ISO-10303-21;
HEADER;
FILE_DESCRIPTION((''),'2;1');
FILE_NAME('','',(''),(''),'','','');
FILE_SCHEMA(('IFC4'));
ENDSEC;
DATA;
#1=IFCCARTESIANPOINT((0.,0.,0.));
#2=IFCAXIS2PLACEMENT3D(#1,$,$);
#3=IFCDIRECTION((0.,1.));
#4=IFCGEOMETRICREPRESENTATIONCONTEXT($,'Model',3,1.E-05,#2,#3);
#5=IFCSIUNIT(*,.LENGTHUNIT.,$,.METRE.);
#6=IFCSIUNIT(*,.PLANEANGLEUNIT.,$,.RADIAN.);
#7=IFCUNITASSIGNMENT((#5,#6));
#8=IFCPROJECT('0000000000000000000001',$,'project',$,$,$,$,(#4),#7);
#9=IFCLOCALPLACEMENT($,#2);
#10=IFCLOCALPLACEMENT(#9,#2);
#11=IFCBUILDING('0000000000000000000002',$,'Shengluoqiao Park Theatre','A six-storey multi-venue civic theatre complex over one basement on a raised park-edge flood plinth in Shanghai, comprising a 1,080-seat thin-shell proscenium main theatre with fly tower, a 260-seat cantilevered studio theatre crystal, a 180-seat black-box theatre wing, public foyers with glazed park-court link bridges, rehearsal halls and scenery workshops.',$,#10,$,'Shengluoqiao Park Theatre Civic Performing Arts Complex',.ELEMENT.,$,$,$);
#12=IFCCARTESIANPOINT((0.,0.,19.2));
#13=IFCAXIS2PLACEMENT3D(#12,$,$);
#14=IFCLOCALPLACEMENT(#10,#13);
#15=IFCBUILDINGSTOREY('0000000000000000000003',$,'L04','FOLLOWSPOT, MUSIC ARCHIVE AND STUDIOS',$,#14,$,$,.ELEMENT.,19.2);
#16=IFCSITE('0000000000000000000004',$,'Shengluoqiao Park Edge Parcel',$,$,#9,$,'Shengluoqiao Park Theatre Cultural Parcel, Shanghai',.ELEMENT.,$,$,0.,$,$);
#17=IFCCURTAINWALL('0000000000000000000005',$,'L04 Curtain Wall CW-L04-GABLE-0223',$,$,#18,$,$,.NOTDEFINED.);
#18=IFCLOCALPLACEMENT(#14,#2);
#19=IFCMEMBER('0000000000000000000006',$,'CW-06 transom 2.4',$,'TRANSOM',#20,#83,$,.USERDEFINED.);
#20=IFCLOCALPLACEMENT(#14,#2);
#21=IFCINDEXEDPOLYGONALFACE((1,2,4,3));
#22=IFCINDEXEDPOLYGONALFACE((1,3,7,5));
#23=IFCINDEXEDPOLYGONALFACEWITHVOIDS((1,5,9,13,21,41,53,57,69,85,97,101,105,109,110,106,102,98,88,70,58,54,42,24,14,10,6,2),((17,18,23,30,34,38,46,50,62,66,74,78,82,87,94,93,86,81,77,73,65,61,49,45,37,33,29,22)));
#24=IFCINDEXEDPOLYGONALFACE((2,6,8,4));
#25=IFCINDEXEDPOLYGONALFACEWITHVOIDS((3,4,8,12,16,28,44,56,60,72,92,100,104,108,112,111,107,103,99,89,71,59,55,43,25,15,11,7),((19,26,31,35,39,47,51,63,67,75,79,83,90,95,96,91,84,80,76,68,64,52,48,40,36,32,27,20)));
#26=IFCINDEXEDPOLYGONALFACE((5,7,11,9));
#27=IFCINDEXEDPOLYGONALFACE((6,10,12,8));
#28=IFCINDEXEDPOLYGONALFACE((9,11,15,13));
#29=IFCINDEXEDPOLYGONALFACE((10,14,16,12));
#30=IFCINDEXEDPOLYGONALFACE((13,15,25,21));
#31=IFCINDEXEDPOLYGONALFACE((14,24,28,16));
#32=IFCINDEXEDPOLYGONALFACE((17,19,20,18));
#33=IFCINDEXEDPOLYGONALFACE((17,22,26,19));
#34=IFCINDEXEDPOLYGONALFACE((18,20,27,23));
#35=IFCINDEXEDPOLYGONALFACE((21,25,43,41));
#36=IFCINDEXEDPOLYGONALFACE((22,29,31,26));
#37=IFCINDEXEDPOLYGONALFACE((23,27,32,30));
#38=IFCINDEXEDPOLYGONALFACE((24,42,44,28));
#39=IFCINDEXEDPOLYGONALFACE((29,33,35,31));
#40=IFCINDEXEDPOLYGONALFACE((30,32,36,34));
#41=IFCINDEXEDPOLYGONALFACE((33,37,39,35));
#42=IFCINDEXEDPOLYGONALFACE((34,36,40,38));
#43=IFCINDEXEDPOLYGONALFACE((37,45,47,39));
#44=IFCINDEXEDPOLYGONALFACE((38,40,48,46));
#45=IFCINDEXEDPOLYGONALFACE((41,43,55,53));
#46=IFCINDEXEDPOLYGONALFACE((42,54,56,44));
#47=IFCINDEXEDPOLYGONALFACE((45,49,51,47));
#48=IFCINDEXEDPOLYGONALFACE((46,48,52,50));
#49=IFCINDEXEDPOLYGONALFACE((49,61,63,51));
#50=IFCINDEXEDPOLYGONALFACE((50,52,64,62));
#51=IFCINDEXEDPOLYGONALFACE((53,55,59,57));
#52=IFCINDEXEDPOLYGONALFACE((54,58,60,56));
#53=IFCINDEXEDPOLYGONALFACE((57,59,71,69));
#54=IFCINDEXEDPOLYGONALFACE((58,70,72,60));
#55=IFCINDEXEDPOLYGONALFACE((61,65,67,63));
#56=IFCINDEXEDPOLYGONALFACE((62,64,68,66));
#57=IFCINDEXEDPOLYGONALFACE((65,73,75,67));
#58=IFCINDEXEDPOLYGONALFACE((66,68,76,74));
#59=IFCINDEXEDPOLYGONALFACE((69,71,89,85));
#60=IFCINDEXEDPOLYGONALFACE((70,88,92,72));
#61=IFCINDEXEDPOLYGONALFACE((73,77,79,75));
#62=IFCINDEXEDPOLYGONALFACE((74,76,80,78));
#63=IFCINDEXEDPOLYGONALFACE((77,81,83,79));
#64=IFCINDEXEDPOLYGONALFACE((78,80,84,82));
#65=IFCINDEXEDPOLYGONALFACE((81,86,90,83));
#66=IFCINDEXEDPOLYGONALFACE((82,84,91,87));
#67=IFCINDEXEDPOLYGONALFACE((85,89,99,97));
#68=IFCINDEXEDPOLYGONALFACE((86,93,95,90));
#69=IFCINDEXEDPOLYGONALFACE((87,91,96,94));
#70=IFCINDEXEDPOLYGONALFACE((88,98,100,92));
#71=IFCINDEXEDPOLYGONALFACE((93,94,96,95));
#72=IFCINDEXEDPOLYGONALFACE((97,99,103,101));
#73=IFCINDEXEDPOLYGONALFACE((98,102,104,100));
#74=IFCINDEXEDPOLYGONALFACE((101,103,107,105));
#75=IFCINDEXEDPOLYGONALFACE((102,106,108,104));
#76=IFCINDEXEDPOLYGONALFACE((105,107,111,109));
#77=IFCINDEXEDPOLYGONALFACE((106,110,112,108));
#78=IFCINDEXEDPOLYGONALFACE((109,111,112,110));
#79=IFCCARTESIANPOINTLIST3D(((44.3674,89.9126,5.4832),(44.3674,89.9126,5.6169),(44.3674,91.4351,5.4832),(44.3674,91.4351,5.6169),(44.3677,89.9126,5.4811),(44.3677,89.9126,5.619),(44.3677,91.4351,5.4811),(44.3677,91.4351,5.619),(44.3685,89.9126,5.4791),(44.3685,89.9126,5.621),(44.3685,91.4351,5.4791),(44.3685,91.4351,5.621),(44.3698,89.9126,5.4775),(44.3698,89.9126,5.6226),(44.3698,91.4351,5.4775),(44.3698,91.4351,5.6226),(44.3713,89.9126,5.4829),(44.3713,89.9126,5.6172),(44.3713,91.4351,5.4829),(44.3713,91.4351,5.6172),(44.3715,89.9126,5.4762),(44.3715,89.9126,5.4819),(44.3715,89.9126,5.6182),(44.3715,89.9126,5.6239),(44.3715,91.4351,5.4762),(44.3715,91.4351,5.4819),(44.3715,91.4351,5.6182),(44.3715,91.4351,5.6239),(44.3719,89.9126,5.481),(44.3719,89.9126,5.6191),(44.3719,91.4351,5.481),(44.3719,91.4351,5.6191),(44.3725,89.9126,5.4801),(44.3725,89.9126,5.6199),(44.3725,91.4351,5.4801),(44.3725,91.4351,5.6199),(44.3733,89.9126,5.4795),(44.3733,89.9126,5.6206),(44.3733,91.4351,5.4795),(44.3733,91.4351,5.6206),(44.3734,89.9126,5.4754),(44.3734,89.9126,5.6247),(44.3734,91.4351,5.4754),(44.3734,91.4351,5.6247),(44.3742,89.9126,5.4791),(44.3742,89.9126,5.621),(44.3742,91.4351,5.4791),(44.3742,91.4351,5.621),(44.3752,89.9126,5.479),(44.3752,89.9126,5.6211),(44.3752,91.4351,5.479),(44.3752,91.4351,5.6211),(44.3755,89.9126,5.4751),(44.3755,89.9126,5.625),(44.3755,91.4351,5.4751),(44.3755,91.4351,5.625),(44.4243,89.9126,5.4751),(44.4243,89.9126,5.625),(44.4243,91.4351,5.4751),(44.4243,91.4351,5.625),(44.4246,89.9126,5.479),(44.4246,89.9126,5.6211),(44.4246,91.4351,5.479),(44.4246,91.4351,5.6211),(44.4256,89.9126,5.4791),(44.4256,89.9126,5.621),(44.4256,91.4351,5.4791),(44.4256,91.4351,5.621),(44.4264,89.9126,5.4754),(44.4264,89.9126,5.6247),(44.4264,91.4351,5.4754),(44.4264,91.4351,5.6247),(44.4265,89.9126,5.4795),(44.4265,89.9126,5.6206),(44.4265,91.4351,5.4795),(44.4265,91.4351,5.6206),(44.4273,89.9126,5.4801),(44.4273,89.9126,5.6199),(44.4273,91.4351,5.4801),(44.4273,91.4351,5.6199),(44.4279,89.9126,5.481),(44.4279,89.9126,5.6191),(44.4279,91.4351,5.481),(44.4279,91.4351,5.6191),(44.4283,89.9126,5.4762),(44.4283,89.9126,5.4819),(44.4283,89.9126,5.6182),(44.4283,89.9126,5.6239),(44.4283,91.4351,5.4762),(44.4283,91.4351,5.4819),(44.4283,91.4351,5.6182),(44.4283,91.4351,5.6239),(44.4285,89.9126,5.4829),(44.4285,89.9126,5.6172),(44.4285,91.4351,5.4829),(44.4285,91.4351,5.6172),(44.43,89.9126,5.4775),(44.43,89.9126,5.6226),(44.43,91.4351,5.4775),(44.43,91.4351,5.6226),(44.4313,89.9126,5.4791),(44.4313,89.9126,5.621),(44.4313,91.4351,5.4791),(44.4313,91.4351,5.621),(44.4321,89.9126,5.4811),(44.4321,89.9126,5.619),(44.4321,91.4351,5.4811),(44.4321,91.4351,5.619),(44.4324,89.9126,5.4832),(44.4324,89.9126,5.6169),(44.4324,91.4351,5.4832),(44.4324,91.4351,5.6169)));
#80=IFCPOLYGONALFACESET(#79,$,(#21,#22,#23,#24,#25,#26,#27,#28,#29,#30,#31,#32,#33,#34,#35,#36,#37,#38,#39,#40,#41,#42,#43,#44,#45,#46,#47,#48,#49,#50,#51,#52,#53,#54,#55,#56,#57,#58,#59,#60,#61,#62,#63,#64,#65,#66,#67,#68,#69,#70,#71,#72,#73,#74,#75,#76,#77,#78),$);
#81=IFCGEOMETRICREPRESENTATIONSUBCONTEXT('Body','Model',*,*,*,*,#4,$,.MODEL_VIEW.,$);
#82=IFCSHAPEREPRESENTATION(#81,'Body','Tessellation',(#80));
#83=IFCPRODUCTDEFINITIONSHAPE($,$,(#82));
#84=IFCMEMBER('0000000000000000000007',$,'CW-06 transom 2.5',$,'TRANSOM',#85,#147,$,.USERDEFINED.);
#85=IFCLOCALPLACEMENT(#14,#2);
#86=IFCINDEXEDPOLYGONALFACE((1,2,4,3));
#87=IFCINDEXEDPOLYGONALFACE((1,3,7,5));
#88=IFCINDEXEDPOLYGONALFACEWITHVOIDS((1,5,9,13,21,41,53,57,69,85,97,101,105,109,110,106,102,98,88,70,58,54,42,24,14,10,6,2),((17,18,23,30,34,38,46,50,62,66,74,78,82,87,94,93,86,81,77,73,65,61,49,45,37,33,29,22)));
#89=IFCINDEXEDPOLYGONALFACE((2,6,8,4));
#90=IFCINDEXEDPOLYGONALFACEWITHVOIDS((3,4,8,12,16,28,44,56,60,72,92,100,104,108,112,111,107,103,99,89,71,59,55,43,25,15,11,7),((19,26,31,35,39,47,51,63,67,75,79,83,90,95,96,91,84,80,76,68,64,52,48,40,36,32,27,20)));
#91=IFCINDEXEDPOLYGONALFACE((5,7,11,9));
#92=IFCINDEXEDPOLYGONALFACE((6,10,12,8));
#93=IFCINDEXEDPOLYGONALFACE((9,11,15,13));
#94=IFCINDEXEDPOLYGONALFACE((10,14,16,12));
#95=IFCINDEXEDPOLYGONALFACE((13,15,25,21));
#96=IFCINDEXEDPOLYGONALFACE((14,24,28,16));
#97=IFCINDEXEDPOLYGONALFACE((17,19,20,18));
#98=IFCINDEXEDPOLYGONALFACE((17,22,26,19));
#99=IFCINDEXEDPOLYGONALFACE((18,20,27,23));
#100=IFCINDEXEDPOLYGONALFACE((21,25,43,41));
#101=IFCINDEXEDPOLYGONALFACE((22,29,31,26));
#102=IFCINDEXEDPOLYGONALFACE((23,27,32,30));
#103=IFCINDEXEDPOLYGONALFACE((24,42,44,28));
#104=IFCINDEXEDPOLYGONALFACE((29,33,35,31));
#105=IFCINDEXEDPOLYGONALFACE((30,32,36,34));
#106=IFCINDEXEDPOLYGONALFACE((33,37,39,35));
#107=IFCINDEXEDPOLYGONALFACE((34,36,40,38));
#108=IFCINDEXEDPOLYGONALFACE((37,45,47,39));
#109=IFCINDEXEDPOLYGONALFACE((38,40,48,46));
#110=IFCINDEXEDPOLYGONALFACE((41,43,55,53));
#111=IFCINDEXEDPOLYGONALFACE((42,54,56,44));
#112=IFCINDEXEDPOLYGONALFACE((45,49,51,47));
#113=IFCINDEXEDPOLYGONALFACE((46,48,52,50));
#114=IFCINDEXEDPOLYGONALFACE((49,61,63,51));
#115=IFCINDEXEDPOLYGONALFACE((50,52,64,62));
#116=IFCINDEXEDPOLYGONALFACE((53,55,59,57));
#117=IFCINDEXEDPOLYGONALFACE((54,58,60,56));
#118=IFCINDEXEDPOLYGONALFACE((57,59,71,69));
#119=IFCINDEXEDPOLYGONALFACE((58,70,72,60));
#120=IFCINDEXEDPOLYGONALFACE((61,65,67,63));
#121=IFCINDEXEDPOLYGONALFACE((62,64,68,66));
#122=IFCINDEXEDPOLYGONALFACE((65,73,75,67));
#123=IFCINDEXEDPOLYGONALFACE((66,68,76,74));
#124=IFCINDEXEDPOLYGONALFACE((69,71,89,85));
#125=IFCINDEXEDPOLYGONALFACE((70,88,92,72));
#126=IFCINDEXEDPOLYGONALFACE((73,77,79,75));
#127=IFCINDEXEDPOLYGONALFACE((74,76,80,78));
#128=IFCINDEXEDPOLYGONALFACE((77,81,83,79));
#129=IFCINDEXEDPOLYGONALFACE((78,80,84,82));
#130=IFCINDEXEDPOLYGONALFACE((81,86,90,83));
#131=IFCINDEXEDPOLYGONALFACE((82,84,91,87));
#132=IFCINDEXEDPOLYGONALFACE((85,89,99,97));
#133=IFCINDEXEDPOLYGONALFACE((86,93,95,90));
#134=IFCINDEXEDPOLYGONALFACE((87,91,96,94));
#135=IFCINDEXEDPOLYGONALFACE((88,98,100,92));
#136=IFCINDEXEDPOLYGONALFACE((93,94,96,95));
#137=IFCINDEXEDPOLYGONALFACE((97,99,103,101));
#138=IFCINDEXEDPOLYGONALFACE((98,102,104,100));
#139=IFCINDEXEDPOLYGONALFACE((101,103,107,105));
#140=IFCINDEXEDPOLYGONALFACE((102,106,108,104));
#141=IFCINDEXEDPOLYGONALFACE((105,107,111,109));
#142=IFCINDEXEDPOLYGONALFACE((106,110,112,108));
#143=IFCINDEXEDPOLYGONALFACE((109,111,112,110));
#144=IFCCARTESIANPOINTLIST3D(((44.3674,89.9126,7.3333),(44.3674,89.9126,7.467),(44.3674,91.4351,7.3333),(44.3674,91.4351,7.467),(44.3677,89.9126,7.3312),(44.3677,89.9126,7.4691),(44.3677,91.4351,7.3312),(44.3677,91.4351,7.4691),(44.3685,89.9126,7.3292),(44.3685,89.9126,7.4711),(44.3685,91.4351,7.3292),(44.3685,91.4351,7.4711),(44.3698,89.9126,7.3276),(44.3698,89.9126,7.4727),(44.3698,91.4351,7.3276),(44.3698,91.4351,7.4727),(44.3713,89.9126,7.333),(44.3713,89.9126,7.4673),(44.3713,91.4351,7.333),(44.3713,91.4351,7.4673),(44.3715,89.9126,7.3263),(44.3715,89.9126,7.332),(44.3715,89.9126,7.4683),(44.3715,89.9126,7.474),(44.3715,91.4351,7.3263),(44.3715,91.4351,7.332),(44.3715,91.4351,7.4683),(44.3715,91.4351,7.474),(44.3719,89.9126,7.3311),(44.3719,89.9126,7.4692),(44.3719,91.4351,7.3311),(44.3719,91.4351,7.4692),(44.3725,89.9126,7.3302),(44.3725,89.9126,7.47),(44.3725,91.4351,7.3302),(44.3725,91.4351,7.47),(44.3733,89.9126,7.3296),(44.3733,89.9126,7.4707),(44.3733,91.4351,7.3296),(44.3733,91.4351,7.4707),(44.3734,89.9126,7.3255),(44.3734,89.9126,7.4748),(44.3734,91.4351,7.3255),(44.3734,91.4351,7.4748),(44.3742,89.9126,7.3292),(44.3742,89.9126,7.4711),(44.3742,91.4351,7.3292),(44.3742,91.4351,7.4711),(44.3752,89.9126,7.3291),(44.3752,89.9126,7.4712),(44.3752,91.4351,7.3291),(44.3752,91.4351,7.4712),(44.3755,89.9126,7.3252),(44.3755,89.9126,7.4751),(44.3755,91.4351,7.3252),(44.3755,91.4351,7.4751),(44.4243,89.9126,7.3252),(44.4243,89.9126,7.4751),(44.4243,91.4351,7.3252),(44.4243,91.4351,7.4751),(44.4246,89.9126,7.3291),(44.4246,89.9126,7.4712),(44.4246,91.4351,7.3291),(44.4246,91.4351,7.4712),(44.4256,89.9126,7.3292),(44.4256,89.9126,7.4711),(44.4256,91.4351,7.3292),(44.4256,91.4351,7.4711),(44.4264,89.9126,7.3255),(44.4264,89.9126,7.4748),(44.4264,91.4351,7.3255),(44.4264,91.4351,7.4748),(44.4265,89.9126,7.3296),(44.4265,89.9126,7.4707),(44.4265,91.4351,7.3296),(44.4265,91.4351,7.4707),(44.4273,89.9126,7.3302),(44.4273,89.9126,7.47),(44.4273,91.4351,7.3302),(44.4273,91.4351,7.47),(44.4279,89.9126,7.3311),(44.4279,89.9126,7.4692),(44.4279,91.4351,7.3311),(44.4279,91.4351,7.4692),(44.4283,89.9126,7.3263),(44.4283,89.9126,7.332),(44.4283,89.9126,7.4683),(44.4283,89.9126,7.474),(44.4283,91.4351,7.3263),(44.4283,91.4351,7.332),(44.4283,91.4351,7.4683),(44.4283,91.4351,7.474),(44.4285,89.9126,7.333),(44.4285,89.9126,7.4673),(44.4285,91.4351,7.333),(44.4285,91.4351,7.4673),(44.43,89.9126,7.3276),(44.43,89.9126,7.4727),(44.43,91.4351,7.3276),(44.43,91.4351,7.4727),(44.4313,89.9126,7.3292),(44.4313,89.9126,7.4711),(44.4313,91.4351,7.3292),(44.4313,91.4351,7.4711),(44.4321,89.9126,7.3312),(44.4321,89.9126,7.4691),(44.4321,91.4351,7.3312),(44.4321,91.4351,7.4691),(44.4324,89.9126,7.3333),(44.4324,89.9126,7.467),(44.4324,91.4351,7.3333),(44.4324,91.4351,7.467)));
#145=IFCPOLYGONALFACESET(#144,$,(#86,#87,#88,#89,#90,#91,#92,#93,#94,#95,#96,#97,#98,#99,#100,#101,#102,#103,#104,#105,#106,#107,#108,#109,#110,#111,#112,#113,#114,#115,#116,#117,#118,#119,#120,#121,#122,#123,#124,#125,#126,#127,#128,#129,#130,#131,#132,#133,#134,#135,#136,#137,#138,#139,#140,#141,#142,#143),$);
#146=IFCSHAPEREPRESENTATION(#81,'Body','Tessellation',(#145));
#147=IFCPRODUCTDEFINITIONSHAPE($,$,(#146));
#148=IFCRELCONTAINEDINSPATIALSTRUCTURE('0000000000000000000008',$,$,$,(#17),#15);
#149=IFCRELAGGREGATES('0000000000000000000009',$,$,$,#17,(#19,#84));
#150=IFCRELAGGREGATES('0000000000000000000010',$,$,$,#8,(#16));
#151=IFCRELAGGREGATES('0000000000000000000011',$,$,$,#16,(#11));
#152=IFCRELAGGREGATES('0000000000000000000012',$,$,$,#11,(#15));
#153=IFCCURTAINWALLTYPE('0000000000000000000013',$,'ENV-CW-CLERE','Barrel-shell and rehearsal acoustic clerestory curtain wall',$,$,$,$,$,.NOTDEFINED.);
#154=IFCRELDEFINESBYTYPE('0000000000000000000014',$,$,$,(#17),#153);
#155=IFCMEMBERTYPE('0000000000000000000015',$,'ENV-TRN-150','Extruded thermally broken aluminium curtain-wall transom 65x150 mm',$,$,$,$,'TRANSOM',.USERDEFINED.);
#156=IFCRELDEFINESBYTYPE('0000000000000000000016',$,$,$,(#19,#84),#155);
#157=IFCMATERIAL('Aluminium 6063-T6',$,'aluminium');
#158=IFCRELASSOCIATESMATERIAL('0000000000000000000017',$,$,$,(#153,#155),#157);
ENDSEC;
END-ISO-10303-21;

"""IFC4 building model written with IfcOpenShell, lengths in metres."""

from ifc_helpers import new_model, si_unit, direction, frame, origin, origin_2d, place, context, subcontext, project, spatial, hollow_rectangle, extrude, material, material_profile, profile_set, type_object, element, aggregate, save


model = new_model("IFC4")

# Units and contexts
model_context = context("Model", 3, precision=1e-05, world=origin(), true_north=direction((0.0, 1.0)))
body_context = subcontext(model_context, "Body", "Model", "MODEL_VIEW")
ifc_project = project(units=[si_unit("LENGTHUNIT", "METRE"), si_unit("PLANEANGLEUNIT", "RADIAN")], contexts=[model_context])

# Site, building, storey
site_placement = place(None, origin())
site = spatial("IfcSite", under=ifc_project, at=site_placement, Name="Shengluoqiao Park Edge Parcel", LongName="Shengluoqiao Park Theatre Cultural Parcel, Shanghai", CompositionType="ELEMENT", RefElevation=0.0)
building_placement = place(site_placement, origin())
building = spatial("IfcBuilding", under=site, at=building_placement, Name="Shengluoqiao Park Theatre", Description="A six-storey multi-venue civic theatre complex over one basement on a raised park-edge flood plinth in Shanghai, comprising a 1,080-seat thin-shell proscenium main theatre with fly tower, a 260-seat cantilevered studio theatre crystal, a 180-seat black-box theatre wing, public foyers with glazed park-court link bridges, rehearsal halls and scenery workshops.", LongName="Shengluoqiao Park Theatre Civic Performing Arts Complex", CompositionType="ELEMENT")
storey_placement = place(building_placement, frame((0.0, 0.0, 19.2)))
storey = spatial("IfcBuildingStorey", under=building, at=storey_placement, Name="L04", Description="FOLLOWSPOT, MUSIC ARCHIVE AND STUDIOS", CompositionType="ELEMENT", Elevation=19.2)

# Curtain wall, members
ifc_material_1 = material(Name="Aluminium 6063-T6", Category="aluminium")
curtain_wall_type = type_object("IfcCurtainWallType", Name="ENV-CW-CLERE", Description="Barrel-shell and rehearsal acoustic clerestory curtain wall", PredefinedType="NOTDEFINED", material=ifc_material_1)
curtain_wall_placement = place(storey_placement, origin())
curtain_wall = element("IfcCurtainWall", 1, at=curtain_wall_placement, inside=storey, type_object=curtain_wall_type, Name="L04 Curtain Wall CW-L04-GABLE-0223", PredefinedType="NOTDEFINED")
ifc_material_profile_1 = material_profile(ifc_material_1, hollow_rectangle(XDim=0.0649, YDim=0.1499, WallThickness=0.0039, InnerFilletRadius=0.0039, OuterFilletRadius=0.0081, at=origin_2d()), Name="ALU TRANSOM 150x65x4")
ifc_profile_set_1 = profile_set([ifc_material_profile_1], Name="Aluminium 6063-T6")
member_type_1 = type_object("IfcMemberType", Name="ENV-TRN-150", Description="Extruded thermally broken aluminium curtain-wall transom 65x150 mm", ElementType="TRANSOM", PredefinedType="USERDEFINED", material=ifc_profile_set_1)
member_1_placement = place(storey_placement, frame((44.3999, 89.9126, 5.55), z_axis=(0.0, 1.0, 0.0), x_axis=(-1.0, 0.0, 0.0)))
member_1 = element("IfcMember", 2, at=member_1_placement, type_object=member_type_1, Name="CW-06 transom 2.4", ObjectType="TRANSOM", PredefinedType="USERDEFINED", context=body_context, shape_type="SweptSolid", body=[
    extrude(hollow_rectangle(XDim=0.0649, YDim=0.1499, WallThickness=0.0039, InnerFilletRadius=0.0039, OuterFilletRadius=0.0081, at=origin_2d()), origin(), (0.0, 0.0, 1.0), 1.5225),
])
member_2_placement = place(storey_placement, frame((44.3999, 89.9126, 7.4001), z_axis=(0.0, 1.0, 0.0), x_axis=(-1.0, 0.0, 0.0)))
member_2 = element("IfcMember", 3, at=member_2_placement, type_object=member_type_1, Name="CW-06 transom 2.5", ObjectType="TRANSOM", PredefinedType="USERDEFINED", context=body_context, shape_type="SweptSolid", body=[
    extrude(hollow_rectangle(XDim=0.0649, YDim=0.1499, WallThickness=0.0039, InnerFilletRadius=0.0039, OuterFilletRadius=0.0081, at=origin_2d()), origin(), (0.0, 0.0, 1.0), 1.5225),
])
aggregate(curtain_wall, [member_1, member_2])

save(model, "model.ifc")
